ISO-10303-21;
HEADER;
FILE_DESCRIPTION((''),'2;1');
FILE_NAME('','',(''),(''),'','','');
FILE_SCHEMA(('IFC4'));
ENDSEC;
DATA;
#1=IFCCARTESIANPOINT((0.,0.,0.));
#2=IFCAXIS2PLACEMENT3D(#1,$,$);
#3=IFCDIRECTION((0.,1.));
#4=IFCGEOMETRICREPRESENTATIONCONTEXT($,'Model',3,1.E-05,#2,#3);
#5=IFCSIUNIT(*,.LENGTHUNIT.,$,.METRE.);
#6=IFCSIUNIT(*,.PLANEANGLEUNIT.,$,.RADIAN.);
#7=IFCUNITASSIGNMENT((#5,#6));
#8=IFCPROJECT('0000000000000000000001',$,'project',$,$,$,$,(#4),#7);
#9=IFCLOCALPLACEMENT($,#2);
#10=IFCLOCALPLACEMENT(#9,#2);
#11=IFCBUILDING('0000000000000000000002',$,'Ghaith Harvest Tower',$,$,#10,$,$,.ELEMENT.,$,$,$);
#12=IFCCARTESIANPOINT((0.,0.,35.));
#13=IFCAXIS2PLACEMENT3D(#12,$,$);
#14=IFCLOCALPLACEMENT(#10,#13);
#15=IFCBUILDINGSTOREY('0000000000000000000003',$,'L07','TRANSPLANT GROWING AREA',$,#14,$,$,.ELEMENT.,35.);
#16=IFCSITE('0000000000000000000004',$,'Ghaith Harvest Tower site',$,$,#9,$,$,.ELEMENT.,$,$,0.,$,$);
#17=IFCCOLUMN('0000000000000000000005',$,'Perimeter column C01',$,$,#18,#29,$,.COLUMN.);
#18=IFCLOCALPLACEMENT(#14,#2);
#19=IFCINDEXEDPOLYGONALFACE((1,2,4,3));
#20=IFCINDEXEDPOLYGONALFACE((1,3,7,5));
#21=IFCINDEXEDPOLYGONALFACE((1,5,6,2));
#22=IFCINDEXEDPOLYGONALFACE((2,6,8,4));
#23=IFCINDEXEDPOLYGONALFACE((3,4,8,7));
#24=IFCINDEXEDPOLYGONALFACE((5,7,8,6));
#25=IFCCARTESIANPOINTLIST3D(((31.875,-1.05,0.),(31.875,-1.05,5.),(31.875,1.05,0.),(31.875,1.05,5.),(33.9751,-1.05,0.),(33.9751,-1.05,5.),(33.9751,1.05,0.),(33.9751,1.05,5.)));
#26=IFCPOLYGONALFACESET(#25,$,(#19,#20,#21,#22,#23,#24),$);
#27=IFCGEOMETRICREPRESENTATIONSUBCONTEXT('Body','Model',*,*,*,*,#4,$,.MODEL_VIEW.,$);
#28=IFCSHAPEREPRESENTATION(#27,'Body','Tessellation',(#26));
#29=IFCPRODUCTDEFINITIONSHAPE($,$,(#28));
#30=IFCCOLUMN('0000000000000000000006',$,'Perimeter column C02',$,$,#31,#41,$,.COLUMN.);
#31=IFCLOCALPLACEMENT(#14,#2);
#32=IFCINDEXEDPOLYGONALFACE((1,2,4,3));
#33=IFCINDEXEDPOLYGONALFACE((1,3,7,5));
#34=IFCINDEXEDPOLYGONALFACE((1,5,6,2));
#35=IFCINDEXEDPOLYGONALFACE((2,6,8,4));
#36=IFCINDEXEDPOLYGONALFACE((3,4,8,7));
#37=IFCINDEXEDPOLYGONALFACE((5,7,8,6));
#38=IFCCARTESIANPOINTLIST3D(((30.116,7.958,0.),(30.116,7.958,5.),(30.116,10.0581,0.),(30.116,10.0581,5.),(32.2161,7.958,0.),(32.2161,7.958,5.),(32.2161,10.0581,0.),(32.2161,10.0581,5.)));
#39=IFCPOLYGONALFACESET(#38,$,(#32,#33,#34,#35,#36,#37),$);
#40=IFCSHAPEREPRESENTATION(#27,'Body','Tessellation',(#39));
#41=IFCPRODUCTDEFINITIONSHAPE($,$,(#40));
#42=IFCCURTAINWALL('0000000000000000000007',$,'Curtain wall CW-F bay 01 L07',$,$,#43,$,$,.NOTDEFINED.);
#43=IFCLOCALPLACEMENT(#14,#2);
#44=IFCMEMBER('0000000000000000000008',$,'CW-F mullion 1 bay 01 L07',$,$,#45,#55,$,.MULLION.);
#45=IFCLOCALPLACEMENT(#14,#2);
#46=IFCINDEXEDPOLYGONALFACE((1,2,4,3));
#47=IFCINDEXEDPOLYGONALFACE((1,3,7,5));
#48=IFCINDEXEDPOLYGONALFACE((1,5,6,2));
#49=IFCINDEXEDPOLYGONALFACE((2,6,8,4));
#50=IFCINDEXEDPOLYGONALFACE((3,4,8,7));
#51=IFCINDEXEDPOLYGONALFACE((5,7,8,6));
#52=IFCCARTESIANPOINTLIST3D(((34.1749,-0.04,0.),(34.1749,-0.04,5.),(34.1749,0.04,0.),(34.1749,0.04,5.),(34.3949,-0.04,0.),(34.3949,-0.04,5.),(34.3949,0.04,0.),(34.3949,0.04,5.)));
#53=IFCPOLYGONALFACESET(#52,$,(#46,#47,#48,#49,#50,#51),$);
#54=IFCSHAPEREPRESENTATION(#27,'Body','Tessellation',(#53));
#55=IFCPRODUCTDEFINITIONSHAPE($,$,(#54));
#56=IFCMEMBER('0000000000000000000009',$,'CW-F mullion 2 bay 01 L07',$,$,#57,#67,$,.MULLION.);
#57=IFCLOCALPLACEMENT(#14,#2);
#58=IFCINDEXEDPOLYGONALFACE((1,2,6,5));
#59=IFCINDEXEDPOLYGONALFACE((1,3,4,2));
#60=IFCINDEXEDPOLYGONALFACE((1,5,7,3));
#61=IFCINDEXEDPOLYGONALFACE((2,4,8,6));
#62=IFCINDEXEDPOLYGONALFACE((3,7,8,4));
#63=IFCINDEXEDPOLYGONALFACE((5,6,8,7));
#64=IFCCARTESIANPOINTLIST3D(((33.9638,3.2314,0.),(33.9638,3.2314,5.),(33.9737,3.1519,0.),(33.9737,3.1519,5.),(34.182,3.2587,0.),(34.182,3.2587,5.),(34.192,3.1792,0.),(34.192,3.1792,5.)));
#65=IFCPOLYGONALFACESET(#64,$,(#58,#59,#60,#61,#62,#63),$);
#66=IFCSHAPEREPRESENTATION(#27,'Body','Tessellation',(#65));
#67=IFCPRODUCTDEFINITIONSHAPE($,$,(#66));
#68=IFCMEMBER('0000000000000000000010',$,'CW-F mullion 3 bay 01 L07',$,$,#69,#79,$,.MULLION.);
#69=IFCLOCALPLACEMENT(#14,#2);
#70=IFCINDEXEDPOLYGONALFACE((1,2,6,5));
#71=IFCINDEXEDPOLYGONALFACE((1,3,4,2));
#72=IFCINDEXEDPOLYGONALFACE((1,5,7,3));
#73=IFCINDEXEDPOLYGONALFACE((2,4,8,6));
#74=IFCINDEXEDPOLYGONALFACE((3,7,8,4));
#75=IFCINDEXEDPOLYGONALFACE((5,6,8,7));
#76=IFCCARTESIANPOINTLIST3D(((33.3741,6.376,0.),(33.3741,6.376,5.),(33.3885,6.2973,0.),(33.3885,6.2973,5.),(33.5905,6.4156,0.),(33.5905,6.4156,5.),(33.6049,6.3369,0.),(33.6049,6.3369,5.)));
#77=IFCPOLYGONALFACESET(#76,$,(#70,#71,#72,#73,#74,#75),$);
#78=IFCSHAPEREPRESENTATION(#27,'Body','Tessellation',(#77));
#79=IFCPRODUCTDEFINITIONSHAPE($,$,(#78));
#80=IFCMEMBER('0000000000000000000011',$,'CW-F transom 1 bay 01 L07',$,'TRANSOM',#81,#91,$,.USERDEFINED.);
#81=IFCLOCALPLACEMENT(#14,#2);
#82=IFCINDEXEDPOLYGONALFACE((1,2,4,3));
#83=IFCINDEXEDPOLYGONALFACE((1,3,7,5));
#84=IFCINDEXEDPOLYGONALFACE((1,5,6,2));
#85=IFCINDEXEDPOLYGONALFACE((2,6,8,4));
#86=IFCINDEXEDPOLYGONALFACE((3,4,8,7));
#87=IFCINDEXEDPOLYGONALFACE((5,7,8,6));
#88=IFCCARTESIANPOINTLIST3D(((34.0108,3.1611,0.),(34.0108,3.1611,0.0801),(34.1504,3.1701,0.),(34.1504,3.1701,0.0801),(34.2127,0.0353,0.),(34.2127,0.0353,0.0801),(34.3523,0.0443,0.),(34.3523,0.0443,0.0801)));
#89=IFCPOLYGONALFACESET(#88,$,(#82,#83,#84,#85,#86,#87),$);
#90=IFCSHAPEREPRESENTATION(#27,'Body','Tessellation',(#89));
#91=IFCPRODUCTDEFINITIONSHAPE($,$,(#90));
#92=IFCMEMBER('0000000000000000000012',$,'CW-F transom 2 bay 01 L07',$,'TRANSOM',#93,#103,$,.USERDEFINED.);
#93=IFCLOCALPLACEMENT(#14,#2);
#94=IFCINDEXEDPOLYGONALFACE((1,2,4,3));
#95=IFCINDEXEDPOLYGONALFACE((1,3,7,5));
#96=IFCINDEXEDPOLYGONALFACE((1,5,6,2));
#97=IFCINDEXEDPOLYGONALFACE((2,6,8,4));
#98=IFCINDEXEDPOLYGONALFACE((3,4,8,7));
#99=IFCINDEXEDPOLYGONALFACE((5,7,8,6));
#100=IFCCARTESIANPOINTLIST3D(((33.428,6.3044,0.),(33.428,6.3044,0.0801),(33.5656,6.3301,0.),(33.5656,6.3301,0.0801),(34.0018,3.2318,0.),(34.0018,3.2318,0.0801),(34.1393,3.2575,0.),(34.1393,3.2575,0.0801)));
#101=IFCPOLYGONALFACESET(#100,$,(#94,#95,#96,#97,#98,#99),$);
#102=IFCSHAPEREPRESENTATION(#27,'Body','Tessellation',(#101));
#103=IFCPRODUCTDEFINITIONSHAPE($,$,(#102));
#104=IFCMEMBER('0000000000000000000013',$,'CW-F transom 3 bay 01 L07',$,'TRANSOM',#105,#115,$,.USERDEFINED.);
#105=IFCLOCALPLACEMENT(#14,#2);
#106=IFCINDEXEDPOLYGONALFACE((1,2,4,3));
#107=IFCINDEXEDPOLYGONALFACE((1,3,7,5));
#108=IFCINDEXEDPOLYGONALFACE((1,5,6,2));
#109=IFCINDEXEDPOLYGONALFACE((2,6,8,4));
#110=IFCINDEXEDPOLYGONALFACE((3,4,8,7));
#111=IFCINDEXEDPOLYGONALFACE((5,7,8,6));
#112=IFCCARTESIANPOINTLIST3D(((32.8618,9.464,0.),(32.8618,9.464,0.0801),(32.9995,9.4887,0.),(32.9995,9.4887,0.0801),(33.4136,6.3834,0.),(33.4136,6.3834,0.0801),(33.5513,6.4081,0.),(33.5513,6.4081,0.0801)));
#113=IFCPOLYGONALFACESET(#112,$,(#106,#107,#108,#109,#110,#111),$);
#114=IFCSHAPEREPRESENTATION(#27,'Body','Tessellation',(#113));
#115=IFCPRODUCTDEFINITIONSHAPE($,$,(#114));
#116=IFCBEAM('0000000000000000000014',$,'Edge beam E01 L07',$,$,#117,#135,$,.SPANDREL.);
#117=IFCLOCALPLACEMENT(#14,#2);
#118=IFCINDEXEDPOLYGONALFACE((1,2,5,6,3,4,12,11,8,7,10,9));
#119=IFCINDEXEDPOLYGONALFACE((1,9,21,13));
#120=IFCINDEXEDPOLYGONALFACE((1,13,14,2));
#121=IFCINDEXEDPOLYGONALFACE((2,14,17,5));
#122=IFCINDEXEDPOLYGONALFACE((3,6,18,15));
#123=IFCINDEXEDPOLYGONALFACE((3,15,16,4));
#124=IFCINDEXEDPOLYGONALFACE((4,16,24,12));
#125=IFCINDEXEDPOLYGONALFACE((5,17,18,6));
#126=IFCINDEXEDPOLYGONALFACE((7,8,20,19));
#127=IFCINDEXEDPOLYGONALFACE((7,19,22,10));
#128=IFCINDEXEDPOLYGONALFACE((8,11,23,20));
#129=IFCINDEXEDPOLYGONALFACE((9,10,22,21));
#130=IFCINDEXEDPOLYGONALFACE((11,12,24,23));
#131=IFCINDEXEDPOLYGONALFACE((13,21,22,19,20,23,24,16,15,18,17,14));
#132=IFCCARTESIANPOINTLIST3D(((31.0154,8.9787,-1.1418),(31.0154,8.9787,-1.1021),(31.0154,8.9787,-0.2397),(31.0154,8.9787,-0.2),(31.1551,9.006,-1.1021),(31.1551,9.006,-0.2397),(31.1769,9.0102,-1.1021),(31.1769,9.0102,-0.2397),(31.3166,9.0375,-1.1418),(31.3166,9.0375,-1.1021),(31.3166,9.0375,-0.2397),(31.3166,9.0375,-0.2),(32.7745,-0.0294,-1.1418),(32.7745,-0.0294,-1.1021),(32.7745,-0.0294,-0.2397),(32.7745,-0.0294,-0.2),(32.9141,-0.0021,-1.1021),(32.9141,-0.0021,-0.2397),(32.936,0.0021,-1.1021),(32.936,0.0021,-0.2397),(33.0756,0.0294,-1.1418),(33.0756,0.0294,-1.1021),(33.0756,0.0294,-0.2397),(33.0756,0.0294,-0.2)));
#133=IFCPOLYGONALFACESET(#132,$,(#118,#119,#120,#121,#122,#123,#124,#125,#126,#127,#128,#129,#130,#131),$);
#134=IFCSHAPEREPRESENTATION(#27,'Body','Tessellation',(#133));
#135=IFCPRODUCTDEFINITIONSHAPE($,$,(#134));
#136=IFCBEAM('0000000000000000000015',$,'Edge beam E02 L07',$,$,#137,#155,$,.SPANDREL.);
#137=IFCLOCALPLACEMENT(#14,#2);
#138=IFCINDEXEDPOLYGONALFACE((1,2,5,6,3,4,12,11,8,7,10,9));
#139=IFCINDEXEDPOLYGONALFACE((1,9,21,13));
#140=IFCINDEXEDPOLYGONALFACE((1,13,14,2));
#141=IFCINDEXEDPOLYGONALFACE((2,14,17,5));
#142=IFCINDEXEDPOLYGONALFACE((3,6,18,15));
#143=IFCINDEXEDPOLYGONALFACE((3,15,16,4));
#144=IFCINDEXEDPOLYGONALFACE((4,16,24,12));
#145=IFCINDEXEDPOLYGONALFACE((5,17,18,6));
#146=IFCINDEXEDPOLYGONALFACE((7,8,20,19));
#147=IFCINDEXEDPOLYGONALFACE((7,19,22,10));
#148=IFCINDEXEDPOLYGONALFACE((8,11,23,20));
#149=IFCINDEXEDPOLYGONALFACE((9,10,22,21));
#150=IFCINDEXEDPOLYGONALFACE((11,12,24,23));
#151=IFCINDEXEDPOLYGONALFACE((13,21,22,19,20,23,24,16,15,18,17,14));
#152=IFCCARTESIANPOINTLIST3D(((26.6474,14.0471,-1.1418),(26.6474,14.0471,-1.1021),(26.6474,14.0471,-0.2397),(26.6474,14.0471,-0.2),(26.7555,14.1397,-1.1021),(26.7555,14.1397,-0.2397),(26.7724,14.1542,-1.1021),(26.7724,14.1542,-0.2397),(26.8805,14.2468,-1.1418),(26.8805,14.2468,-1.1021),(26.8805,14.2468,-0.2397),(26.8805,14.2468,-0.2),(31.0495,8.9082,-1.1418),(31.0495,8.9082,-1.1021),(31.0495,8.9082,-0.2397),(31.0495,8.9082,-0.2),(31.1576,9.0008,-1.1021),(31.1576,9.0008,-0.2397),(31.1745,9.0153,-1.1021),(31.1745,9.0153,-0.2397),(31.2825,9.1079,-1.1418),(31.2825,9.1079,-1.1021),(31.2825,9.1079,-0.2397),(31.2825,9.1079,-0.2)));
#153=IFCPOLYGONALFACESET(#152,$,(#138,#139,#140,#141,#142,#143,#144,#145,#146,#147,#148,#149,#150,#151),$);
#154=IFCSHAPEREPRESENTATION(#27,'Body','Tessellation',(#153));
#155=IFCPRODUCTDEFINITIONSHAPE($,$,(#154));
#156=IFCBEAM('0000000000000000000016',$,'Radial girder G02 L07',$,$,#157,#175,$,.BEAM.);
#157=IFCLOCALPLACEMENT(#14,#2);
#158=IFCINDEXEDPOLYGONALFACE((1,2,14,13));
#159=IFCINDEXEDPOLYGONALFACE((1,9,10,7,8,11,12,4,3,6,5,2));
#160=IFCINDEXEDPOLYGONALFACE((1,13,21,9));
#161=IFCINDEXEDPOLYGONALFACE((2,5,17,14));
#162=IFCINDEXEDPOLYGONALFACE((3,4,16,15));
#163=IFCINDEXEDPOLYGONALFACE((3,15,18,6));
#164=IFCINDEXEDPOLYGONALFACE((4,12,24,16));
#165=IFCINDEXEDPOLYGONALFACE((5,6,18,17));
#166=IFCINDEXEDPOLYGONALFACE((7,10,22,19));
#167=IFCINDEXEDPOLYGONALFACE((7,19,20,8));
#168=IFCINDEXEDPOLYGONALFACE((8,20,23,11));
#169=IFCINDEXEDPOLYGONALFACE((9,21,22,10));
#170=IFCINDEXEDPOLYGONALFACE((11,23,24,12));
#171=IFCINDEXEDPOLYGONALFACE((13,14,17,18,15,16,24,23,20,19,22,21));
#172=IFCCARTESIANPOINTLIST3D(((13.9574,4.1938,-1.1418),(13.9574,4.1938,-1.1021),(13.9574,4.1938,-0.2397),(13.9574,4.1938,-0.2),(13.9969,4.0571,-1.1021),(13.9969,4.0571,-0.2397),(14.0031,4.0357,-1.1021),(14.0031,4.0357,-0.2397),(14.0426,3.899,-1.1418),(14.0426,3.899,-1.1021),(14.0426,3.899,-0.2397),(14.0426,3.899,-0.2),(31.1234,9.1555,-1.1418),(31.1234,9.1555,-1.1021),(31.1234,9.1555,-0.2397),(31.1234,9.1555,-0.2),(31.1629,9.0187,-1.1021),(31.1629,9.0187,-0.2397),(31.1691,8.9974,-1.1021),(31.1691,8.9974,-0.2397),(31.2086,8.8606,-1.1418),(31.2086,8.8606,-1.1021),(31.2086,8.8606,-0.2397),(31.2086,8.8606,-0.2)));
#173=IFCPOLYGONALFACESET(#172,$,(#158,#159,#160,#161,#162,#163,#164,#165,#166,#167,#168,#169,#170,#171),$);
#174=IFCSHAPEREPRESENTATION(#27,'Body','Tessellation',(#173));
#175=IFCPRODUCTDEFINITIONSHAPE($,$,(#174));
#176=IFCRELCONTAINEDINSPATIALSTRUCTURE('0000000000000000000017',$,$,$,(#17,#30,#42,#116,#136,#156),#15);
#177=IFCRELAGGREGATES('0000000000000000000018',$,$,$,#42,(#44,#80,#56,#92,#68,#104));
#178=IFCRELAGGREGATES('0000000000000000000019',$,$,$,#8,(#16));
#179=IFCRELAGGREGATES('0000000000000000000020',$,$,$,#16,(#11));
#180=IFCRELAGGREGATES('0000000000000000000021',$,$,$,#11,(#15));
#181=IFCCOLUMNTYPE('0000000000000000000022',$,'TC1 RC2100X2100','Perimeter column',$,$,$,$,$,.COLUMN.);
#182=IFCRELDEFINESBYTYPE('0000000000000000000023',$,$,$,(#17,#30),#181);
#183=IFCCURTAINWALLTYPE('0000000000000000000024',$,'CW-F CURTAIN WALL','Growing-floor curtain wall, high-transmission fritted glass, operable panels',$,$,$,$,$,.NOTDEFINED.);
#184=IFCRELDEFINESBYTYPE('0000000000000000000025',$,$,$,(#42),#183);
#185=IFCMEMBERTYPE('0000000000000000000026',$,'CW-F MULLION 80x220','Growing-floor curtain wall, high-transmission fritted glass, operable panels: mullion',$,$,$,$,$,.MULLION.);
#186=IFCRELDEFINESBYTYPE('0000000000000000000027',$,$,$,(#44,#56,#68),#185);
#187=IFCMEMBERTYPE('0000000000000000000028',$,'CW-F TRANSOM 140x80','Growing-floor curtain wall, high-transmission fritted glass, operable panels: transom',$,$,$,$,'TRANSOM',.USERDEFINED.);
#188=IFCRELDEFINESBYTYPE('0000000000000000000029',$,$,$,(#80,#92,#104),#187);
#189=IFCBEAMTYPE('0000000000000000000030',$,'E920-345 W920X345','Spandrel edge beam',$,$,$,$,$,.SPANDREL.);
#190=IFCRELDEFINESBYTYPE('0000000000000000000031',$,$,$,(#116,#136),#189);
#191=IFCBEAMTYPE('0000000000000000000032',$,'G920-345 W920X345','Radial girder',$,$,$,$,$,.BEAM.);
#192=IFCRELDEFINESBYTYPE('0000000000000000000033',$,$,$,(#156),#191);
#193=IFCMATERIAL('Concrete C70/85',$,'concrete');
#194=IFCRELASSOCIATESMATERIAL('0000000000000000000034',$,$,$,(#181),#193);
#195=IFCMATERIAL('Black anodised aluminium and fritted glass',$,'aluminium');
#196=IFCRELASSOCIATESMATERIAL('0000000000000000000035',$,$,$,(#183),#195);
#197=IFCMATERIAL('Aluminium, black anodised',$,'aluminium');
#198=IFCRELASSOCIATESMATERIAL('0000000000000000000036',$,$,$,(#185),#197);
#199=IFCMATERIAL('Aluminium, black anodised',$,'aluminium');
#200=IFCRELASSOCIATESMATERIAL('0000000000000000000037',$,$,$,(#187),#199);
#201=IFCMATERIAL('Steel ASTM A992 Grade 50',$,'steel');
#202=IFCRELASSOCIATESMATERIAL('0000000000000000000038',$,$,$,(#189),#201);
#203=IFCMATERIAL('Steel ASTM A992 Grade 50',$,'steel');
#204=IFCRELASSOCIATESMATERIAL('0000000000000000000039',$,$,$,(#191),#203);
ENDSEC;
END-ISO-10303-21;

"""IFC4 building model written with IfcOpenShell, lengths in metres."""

from ifc_helpers import new_model, si_unit, direction, frame, origin, origin_2d, place, context, subcontext, project, spatial, rectangle, i_section, extrude, material, material_profile, profile_set, type_object, element, aggregate, save


model = new_model("IFC4")

# Units and contexts
model_context = context("Model", 3, precision=1e-05, world=origin(), true_north=direction((0.0, 1.0)))
body_context = subcontext(model_context, "Body", "Model", "MODEL_VIEW")
ifc_project = project(units=[si_unit("LENGTHUNIT", "METRE"), si_unit("PLANEANGLEUNIT", "RADIAN")], contexts=[model_context])

# Site, building, storey
site_placement = place(None, origin())
site = spatial("IfcSite", under=ifc_project, at=site_placement, Name="Ghaith Harvest Tower site", CompositionType="ELEMENT", RefElevation=0.0)
building_placement = place(site_placement, origin())
building = spatial("IfcBuilding", under=site, at=building_placement, Name="Ghaith Harvest Tower", CompositionType="ELEMENT")
storey_placement = place(building_placement, frame((0.0, 0.0, 35.0)))
storey = spatial("IfcBuildingStorey", under=building, at=storey_placement, Name="L07", Description="TRANSPLANT GROWING AREA", CompositionType="ELEMENT", Elevation=35.0)

# Columns
ifc_material_1 = material(Name="Concrete C70/85", Category="concrete")
ifc_material_profile_1 = material_profile(ifc_material_1, rectangle(XDim=2.1001, YDim=2.1001, at=origin_2d()), Name="RC2100X2100")
ifc_profile_set_1 = profile_set([ifc_material_profile_1], Name="Concrete C70/85")
column_type = type_object("IfcColumnType", Name="TC1 RC2100X2100", Description="Perimeter column", PredefinedType="COLUMN", material=ifc_profile_set_1)
for number, where, z_axis, x_axis, name in (
    (1, (32.925, 0.0, 0.0), (0.0, 0.0, 1.0), (1.0, 0.0, 0.0), "Perimeter column C01"),
    (2, (31.166, 9.0081, 0.0), (0.0, 0.0, 1.0), (1.0, 0.0, 0.0), "Perimeter column C02"),
):
    element("IfcColumn", number, at=place(storey_placement, frame(where, z_axis=z_axis, x_axis=x_axis)), inside=storey, type_object=column_type, Name=name, PredefinedType="COLUMN", context=body_context, shape_type="SweptSolid", body=[
        extrude(rectangle(XDim=2.1001, YDim=2.1001, at=origin_2d()), origin(), (0.0, 0.0, 1.0), 5.0),
    ])

# Curtain wall, members
ifc_material_2 = material(Name="Black anodised aluminium and fritted glass", Category="aluminium")
curtain_wall_type = type_object("IfcCurtainWallType", Name="CW-F CURTAIN WALL", Description="Growing-floor curtain wall, high-transmission fritted glass, operable panels", PredefinedType="NOTDEFINED", material=ifc_material_2)
curtain_wall_placement = place(storey_placement, origin())
curtain_wall = element("IfcCurtainWall", 3, at=curtain_wall_placement, inside=storey, type_object=curtain_wall_type, Name="Curtain wall CW-F bay 01 L07", PredefinedType="NOTDEFINED")
ifc_material_3 = material(Name="Aluminium, black anodised", Category="aluminium")
ifc_material_profile_2 = material_profile(ifc_material_3, rectangle(XDim=0.0801, YDim=0.22, at=origin_2d()), Name="CW-F MULLION 80x220")
ifc_profile_set_2 = profile_set([ifc_material_profile_2], Name="Aluminium, black anodised")
member_type_1 = type_object("IfcMemberType", Name="CW-F MULLION 80x220", Description="Growing-floor curtain wall, high-transmission fritted glass, operable panels: mullion", PredefinedType="MULLION", material=ifc_profile_set_2)
member_1_placement = place(storey_placement, frame((34.2849, 0.0, 0.0), z_axis=(0.0, 0.0, 1.0), x_axis=(0.0, 1.0, 0.0)))
member_1 = element("IfcMember", 4, at=member_1_placement, type_object=member_type_1, Name="CW-F mullion 1 bay 01 L07", PredefinedType="MULLION", context=body_context, shape_type="SweptSolid", body=[
    extrude(rectangle(XDim=0.0801, YDim=0.22, at=origin_2d()), origin(), (0.0, 0.0, 1.0), 5.0),
])
member_2_placement = place(storey_placement, frame((34.0779, 3.2053, 0.0), z_axis=(0.0, 0.0, 1.0), x_axis=(-0.12417, 0.992261, 0.0)))
member_2 = element("IfcMember", 5, at=member_2_placement, type_object=member_type_1, Name="CW-F mullion 2 bay 01 L07", PredefinedType="MULLION", context=body_context, shape_type="SweptSolid", body=[
    extrude(rectangle(XDim=0.0801, YDim=0.22, at=origin_2d()), origin(), (0.0, 0.0, 1.0), 5.0),
])
member_3_placement = place(storey_placement, frame((33.4895, 6.3564, 0.0), z_axis=(0.0, 0.0, 1.0), x_axis=(-0.179943, 0.983677, 0.0)))
member_3 = element("IfcMember", 6, at=member_3_placement, type_object=member_type_1, Name="CW-F mullion 3 bay 01 L07", PredefinedType="MULLION", context=body_context, shape_type="SweptSolid", body=[
    extrude(rectangle(XDim=0.0801, YDim=0.22, at=origin_2d()), origin(), (0.0, 0.0, 1.0), 5.0),
])
ifc_material_4 = material(Name="Aluminium, black anodised", Category="aluminium")
ifc_material_profile_3 = material_profile(ifc_material_4, rectangle(XDim=0.1399, YDim=0.0801, at=origin_2d()), Name="CW-F TRANSOM 140x80")
ifc_profile_set_3 = profile_set([ifc_material_profile_3], Name="Aluminium, black anodised")
member_type_2 = type_object("IfcMemberType", Name="CW-F TRANSOM 140x80", Description="Growing-floor curtain wall, high-transmission fritted glass, operable panels: transom", ElementType="TRANSOM", PredefinedType="USERDEFINED", material=ifc_profile_set_3)
member_4_placement = place(storey_placement, frame((34.2825, 0.0398, 0.04), z_axis=(-0.06446, 0.99792, 0.0), x_axis=(-0.99792, -0.06446, 0.0)))
member_4 = element("IfcMember", 7, at=member_4_placement, type_object=member_type_2, Name="CW-F transom 1 bay 01 L07", ObjectType="TRANSOM", PredefinedType="USERDEFINED", context=body_context, shape_type="SweptSolid", body=[
    extrude(rectangle(XDim=0.1399, YDim=0.0801, at=origin_2d()), origin(), (0.0, 0.0, 1.0), 3.1323),
])
member_5_placement = place(storey_placement, frame((34.0706, 3.2446, 0.04), z_axis=(-0.183557, 0.983009, 0.0), x_axis=(-0.983009, -0.183557, 0.0)))
member_5 = element("IfcMember", 8, at=member_5_placement, type_object=member_type_2, Name="CW-F transom 2 bay 01 L07", ObjectType="TRANSOM", PredefinedType="USERDEFINED", context=body_context, shape_type="SweptSolid", body=[
    extrude(rectangle(XDim=0.1399, YDim=0.0801, at=origin_2d()), origin(), (0.0, 0.0, 1.0), 3.1257),
])
member_6_placement = place(storey_placement, frame((33.4824, 6.3958, 0.04), z_axis=(-0.176304, 0.984336, 0.0), x_axis=(-0.984336, -0.176304, 0.0)))
member_6 = element("IfcMember", 9, at=member_6_placement, type_object=member_type_2, Name="CW-F transom 3 bay 01 L07", ObjectType="TRANSOM", PredefinedType="USERDEFINED", context=body_context, shape_type="SweptSolid", body=[
    extrude(rectangle(XDim=0.1399, YDim=0.0801, at=origin_2d()), origin(), (0.0, 0.0, 1.0), 3.1296),
])

# Beams
ifc_material_5 = material(Name="Steel ASTM A992 Grade 50", Category="steel")
ifc_material_profile_4 = material_profile(ifc_material_5, i_section(OverallWidth=0.3069, OverallDepth=0.9419, WebThickness=0.0222, FlangeThickness=0.0398, at=origin_2d()), Name="W920X345")
ifc_profile_set_4 = profile_set([ifc_material_profile_4], Name="Steel ASTM A992 Grade 50")
beam_type_1 = type_object("IfcBeamType", Name="E920-345 W920X345", Description="Spandrel edge beam", PredefinedType="SPANDREL", material=ifc_profile_set_4)
beam_1_placement = place(storey_placement, frame((32.925, 0.0, -0.6709), z_axis=(-0.191653, 0.981463, 0.0), x_axis=(-0.981463, -0.191653, 0.0)))
element("IfcBeam", 10, at=beam_1_placement, inside=storey, type_object=beam_type_1, Name="Edge beam E01 L07", PredefinedType="SPANDREL", context=body_context, shape_type="SweptSolid", body=[
    extrude(i_section(OverallWidth=0.3069, OverallDepth=0.9419, WebThickness=0.0222, FlangeThickness=0.0398, at=origin_2d()), origin(), (0.0, 0.0, 1.0), 9.1782),
])
beam_2_placement = place(storey_placement, frame((31.166, 9.0081, -0.6709), z_axis=(-0.650563, 0.759453, 0.0), x_axis=(-0.759453, -0.650563, 0.0)))
element("IfcBeam", 11, at=beam_2_placement, inside=storey, type_object=beam_type_1, Name="Edge beam E02 L07", PredefinedType="SPANDREL", context=body_context, shape_type="SweptSolid", body=[
    extrude(i_section(OverallWidth=0.3069, OverallDepth=0.9419, WebThickness=0.0222, FlangeThickness=0.0398, at=origin_2d()), origin(), (0.0, 0.0, 1.0), 6.7666),
])
ifc_material_6 = material(Name="Steel ASTM A992 Grade 50", Category="steel")
ifc_material_profile_5 = material_profile(ifc_material_6, i_section(OverallWidth=0.3069, OverallDepth=0.9419, WebThickness=0.0222, FlangeThickness=0.0398, at=origin_2d()), Name="W920X345")
ifc_profile_set_5 = profile_set([ifc_material_profile_5], Name="Steel ASTM A992 Grade 50")
beam_type_2 = type_object("IfcBeamType", Name="G920-345 W920X345", Description="Radial girder", PredefinedType="BEAM", material=ifc_profile_set_5)
beam_3_placement = place(storey_placement, frame((14.0, 4.0464, -0.6709), z_axis=(0.960675, 0.277674, 0.0), x_axis=(-0.277674, 0.960675, 0.0)))
element("IfcBeam", 12, at=beam_3_placement, inside=storey, type_object=beam_type_2, Name="Radial girder G02 L07", PredefinedType="BEAM", context=body_context, shape_type="SweptSolid", body=[
    extrude(i_section(OverallWidth=0.3069, OverallDepth=0.9419, WebThickness=0.0222, FlangeThickness=0.0398, at=origin_2d()), origin(), (0.0, 0.0, 1.0), 17.8687),
])

aggregate(curtain_wall, [member_1, member_4, member_2, member_5, member_3, member_6])

save(model, "model.ifc")
